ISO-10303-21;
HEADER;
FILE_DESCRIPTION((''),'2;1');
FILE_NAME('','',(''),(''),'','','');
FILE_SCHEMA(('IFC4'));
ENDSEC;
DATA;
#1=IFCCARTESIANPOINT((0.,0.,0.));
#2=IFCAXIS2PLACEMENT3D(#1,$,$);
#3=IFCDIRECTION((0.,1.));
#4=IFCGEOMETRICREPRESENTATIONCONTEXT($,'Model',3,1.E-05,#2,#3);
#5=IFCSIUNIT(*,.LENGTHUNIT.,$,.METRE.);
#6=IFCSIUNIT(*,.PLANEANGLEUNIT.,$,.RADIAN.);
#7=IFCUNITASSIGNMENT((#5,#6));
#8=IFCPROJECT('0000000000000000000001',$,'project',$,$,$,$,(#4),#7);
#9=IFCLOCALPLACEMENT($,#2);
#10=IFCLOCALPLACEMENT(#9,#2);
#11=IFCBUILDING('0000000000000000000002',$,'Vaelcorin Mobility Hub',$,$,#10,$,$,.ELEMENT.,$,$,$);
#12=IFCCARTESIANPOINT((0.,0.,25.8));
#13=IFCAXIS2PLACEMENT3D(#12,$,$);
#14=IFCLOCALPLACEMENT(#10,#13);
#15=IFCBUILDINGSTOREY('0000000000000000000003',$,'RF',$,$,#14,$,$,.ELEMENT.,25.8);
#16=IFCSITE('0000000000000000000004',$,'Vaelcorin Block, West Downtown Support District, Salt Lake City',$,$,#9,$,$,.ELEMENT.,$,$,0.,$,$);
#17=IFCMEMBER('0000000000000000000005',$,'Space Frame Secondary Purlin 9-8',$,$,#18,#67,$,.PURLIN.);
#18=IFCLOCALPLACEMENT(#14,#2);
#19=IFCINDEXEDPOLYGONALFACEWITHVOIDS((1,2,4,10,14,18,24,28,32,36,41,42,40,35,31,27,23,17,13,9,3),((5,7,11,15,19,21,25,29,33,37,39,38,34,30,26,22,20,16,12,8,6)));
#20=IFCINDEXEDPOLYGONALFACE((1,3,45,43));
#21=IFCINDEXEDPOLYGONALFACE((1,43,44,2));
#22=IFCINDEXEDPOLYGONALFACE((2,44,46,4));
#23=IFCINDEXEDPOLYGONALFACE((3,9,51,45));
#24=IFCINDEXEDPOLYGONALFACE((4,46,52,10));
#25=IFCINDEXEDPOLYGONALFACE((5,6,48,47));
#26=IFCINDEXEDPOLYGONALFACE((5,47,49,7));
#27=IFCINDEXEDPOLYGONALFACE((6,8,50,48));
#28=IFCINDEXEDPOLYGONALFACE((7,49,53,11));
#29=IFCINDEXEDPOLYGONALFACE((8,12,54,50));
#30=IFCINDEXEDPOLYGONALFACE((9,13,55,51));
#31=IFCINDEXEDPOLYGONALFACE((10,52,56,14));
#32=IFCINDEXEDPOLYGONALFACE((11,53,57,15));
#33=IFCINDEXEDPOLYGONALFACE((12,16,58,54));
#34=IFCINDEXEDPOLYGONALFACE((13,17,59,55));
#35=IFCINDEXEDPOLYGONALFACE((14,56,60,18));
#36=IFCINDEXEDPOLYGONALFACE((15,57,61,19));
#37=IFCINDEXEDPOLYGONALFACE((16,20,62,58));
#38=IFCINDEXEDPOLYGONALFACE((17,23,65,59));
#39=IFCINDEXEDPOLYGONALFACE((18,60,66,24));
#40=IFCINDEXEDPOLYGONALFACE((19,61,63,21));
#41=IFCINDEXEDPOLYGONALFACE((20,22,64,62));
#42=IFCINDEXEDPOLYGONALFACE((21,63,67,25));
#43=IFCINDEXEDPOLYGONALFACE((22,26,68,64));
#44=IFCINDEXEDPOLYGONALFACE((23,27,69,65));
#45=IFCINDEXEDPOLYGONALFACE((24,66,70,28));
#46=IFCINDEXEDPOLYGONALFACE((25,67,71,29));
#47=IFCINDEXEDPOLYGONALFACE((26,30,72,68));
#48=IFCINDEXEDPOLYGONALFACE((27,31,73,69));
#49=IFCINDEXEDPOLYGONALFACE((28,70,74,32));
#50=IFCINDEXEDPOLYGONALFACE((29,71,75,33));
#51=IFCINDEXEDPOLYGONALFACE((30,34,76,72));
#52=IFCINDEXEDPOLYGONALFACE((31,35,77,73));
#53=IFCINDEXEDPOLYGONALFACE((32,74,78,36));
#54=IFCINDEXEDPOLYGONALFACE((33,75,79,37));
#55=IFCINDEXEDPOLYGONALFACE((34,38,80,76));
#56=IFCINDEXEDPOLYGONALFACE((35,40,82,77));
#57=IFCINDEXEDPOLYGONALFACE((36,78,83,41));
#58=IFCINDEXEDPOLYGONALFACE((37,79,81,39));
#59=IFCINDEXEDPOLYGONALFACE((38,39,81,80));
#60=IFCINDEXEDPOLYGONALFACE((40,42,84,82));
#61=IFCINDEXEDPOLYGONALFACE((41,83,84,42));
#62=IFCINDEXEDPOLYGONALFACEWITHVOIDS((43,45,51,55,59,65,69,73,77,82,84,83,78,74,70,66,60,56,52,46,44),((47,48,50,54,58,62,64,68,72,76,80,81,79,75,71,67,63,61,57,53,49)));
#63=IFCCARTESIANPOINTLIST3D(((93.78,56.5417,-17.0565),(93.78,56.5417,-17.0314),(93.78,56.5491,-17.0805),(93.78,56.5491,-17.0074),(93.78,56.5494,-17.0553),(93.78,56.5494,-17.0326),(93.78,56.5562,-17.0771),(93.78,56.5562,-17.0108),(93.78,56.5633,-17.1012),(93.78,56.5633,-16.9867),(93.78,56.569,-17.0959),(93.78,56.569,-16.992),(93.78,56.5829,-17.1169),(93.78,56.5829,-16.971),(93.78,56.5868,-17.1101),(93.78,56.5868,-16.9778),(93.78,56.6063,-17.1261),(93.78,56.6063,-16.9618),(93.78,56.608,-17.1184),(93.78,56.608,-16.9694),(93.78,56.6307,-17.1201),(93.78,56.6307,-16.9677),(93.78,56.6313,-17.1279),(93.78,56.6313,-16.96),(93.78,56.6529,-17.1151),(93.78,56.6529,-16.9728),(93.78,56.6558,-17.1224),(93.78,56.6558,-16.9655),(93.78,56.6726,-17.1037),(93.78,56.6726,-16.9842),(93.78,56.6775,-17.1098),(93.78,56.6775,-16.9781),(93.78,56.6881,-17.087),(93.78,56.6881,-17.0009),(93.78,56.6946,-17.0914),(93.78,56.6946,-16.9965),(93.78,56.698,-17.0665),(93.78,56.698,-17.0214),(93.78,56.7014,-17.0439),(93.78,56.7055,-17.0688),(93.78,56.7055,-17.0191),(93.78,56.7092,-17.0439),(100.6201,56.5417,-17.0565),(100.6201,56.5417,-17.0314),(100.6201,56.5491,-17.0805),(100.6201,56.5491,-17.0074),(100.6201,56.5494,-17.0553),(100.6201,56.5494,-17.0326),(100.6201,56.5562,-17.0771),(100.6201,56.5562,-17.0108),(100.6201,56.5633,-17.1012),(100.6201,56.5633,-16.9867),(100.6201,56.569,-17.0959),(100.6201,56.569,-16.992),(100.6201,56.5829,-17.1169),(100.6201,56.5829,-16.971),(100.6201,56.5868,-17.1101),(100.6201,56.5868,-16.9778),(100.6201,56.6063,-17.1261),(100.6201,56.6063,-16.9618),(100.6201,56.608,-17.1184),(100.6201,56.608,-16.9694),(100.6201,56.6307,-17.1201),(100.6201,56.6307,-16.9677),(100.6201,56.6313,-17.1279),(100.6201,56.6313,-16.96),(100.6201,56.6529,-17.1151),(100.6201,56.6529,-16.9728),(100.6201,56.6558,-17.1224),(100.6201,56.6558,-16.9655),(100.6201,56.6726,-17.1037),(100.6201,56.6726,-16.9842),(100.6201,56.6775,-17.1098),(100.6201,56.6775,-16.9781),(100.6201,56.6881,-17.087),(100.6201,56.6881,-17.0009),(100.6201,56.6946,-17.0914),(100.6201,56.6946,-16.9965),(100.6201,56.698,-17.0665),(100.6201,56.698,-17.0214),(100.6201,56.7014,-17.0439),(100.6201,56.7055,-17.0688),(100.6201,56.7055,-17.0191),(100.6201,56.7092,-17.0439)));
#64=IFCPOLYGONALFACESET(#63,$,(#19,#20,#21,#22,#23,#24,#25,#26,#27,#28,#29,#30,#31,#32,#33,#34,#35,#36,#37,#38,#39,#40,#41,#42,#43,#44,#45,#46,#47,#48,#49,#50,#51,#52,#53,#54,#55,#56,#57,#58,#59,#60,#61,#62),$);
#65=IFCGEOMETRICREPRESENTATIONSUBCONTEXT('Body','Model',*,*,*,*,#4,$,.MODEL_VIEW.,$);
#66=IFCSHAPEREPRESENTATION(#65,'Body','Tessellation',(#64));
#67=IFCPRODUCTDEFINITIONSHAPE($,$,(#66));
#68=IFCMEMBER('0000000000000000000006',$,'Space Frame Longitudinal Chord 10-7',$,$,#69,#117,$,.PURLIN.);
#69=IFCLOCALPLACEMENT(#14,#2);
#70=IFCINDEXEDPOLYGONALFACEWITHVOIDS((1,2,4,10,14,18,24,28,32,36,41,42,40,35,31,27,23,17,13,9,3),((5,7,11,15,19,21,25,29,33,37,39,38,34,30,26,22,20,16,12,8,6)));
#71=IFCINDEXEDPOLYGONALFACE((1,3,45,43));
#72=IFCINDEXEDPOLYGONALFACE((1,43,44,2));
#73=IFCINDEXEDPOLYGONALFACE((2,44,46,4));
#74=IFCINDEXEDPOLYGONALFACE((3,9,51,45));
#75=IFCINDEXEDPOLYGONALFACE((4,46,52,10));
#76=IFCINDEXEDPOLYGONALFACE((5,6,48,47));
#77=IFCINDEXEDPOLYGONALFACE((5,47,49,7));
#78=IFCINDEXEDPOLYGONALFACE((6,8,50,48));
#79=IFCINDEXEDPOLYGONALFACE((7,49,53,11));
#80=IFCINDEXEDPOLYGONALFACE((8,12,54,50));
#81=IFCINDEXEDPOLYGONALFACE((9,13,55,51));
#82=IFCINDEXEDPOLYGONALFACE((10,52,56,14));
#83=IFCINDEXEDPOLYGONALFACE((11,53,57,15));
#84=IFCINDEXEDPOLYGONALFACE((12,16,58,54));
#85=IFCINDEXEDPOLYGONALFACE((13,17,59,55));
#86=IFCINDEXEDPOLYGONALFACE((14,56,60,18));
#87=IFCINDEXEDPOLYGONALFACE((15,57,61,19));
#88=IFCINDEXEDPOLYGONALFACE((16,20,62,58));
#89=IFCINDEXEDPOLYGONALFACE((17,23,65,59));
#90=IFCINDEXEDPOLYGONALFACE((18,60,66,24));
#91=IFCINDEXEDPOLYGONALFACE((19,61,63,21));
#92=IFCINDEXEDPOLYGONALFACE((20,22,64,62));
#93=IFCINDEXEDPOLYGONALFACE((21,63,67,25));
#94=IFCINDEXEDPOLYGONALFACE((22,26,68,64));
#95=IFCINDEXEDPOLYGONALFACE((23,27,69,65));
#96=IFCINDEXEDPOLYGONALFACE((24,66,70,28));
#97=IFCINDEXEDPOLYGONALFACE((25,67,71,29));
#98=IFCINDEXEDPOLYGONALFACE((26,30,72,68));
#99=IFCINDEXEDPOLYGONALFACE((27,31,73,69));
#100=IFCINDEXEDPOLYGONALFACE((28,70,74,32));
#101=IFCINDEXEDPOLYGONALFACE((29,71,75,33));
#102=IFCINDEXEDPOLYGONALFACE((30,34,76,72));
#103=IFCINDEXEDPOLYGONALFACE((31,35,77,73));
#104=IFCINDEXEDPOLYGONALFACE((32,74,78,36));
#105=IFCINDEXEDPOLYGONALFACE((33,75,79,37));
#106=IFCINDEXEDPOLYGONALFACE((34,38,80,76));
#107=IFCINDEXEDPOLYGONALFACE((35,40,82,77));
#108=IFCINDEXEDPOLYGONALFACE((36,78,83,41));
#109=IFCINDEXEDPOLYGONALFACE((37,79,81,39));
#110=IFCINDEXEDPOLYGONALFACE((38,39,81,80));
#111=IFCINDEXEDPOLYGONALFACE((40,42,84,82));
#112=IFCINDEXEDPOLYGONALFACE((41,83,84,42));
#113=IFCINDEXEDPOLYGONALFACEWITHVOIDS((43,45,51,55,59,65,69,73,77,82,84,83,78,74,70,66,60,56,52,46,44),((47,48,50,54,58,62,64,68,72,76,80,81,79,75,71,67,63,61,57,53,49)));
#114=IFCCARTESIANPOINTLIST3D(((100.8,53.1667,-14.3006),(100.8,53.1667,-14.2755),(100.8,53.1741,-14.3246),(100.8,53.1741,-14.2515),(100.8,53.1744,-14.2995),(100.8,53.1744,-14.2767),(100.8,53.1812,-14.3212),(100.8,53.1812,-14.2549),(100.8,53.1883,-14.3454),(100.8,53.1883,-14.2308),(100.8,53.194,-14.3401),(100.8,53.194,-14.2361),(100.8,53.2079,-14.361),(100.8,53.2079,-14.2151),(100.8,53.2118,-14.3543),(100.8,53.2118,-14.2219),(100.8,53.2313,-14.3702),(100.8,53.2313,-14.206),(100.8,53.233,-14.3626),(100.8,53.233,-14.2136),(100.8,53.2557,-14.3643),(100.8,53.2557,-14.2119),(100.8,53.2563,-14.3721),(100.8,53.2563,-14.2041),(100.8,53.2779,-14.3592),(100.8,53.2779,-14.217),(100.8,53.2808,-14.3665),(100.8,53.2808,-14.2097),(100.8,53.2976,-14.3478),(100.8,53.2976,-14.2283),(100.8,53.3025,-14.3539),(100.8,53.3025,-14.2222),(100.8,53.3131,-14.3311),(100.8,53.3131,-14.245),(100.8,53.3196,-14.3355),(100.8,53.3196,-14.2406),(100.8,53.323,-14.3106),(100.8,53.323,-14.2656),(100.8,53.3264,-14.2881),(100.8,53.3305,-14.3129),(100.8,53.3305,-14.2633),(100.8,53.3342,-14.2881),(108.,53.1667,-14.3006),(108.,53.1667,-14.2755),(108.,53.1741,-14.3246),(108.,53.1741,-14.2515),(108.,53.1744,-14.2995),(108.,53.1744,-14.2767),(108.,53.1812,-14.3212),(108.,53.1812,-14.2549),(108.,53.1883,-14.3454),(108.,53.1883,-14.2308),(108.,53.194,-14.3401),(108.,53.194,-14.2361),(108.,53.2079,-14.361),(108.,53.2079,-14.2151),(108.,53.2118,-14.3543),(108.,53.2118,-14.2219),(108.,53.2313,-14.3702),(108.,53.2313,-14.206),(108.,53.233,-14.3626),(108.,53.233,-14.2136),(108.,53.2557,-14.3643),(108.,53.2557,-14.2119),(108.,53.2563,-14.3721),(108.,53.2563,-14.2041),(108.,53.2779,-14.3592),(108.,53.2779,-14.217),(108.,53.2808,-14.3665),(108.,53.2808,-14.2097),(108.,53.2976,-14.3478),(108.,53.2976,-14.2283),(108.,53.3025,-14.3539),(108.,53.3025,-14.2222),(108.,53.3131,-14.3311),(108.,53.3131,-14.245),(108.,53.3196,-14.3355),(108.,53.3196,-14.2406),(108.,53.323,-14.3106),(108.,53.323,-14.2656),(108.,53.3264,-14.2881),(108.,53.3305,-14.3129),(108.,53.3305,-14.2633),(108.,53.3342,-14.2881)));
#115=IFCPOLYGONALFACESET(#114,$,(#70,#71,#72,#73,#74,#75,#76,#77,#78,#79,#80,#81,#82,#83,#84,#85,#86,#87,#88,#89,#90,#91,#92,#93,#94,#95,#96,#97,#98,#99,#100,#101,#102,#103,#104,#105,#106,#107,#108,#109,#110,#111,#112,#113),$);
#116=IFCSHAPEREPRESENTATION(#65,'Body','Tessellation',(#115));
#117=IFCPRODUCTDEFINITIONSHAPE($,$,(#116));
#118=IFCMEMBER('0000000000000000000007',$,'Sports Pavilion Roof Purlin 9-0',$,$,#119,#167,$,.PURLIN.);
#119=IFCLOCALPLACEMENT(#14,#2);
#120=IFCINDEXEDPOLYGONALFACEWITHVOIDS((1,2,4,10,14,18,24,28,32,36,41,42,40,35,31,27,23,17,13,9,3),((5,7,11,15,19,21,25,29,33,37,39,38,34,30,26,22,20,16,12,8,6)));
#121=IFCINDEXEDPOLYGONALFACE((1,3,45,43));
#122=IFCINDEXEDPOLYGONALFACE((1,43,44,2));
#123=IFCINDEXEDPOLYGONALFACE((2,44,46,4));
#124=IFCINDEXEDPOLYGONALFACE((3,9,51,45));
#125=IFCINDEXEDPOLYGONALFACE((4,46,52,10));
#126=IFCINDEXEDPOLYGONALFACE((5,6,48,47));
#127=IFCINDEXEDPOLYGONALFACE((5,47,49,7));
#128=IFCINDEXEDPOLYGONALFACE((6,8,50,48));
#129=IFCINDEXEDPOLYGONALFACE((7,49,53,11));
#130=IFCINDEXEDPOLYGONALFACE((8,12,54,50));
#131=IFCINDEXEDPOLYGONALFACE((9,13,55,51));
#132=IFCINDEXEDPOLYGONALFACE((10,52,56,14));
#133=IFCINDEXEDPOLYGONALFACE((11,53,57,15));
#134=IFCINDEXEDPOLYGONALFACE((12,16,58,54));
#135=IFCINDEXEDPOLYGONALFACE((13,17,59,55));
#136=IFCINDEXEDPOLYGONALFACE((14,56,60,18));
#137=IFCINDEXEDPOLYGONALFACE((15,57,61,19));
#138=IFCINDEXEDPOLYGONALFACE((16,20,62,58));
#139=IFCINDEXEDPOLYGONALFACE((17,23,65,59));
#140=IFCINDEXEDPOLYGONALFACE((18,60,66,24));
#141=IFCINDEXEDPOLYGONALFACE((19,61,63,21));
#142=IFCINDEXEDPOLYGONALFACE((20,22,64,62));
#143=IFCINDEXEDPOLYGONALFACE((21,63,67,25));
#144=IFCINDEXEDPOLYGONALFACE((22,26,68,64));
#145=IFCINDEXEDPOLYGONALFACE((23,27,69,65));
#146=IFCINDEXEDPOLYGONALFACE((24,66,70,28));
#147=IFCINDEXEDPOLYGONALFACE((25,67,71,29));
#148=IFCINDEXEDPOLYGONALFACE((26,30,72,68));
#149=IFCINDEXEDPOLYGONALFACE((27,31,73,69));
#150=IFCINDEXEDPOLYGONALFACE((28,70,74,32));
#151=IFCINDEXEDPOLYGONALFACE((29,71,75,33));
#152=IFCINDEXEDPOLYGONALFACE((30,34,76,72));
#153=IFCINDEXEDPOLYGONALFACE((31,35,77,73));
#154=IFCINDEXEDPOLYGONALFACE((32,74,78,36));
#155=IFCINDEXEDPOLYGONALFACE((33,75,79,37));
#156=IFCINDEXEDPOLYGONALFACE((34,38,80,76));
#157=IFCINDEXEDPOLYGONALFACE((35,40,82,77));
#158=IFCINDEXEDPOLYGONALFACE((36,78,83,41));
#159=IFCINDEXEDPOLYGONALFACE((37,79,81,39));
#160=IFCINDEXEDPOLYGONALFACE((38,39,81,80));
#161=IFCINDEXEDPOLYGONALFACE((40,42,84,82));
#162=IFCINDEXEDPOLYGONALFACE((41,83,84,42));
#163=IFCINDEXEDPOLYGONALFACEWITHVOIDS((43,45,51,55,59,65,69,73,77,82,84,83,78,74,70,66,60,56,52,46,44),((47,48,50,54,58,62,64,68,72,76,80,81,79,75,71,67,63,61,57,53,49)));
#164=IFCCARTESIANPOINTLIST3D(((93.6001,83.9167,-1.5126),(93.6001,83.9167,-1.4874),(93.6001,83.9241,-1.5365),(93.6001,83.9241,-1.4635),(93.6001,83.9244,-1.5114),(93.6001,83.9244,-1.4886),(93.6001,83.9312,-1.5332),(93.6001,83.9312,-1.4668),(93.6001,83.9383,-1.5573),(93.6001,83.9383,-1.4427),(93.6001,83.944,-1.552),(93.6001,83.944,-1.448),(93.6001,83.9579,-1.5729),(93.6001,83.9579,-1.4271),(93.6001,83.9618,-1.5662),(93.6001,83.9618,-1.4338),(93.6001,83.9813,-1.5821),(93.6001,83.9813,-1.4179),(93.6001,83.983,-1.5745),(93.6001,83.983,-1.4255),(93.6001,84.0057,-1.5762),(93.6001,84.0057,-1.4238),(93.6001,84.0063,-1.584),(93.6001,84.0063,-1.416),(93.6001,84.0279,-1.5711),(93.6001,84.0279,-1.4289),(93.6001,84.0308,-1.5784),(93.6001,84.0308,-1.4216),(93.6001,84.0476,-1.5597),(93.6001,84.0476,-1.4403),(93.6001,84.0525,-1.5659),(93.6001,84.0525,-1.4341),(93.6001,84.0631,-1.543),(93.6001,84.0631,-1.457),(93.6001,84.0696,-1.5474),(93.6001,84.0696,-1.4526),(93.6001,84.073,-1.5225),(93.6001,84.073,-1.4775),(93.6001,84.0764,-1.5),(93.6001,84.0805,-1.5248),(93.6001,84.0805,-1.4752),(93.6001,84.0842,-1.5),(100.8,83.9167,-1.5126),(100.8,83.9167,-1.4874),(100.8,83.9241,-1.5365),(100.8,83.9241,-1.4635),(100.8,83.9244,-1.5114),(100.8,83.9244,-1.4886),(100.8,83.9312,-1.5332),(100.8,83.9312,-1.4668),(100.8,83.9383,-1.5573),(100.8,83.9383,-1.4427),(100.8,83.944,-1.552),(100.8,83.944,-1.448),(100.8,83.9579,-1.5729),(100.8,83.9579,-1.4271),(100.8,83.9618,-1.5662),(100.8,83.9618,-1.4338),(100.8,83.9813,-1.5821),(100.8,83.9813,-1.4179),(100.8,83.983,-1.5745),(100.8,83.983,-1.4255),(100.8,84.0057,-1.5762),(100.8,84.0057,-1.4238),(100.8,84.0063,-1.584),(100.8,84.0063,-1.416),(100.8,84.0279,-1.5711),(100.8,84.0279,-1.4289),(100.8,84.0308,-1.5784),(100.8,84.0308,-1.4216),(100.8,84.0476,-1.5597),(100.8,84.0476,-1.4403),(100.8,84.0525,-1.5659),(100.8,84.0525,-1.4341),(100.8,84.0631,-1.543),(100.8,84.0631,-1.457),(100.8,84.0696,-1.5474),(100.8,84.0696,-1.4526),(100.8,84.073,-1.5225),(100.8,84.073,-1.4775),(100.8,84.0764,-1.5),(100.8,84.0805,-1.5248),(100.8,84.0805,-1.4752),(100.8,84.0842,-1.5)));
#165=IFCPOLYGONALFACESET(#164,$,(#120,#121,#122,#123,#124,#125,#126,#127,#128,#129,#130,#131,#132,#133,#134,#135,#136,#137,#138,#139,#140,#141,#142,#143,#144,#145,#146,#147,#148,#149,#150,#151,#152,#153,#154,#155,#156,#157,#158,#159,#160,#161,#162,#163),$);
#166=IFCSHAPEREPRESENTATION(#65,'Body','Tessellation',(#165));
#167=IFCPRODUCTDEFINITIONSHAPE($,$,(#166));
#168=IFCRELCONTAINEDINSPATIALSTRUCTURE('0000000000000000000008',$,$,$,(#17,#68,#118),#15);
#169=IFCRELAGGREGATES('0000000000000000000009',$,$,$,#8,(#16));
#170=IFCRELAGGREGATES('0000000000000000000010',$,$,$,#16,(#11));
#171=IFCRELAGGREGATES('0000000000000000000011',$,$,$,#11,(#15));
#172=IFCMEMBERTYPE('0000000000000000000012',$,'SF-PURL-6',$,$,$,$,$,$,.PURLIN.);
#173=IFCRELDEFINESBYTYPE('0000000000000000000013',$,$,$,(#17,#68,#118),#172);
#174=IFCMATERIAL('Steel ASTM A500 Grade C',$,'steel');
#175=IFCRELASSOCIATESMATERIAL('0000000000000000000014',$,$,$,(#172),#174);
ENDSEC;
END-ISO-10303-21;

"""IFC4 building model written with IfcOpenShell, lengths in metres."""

from ifc_helpers import new_model, si_unit, direction, frame, origin, origin_2d, place, context, subcontext, project, spatial, hollow_circle, extrude, material, material_profile, profile_set, type_object, element, save


model = new_model("IFC4")

# Units and contexts
model_context = context("Model", 3, precision=1e-05, world=origin(), true_north=direction((0.0, 1.0)))
body_context = subcontext(model_context, "Body", "Model", "MODEL_VIEW")
ifc_project = project(units=[si_unit("LENGTHUNIT", "METRE"), si_unit("PLANEANGLEUNIT", "RADIAN")], contexts=[model_context])

# Site, building, storey
site_placement = place(None, origin())
site = spatial("IfcSite", under=ifc_project, at=site_placement, Name="Vaelcorin Block, West Downtown Support District, Salt Lake City", CompositionType="ELEMENT", RefElevation=0.0)
building_placement = place(site_placement, origin())
building = spatial("IfcBuilding", under=site, at=building_placement, Name="Vaelcorin Mobility Hub", CompositionType="ELEMENT")
storey_placement = place(building_placement, frame((0.0, 0.0, 25.8)))
storey = spatial("IfcBuildingStorey", under=building, at=storey_placement, Name="RF", CompositionType="ELEMENT", Elevation=25.8)

# Members
ifc_material_1 = material(Name="Steel ASTM A500 Grade C", Category="steel")
ifc_material_profile_1 = material_profile(ifc_material_1, hollow_circle(Radius=0.0842, WallThickness=0.0078, at=origin_2d()), Name="HSS6.625X0.312")
ifc_profile_set_1 = profile_set([ifc_material_profile_1], Name="Steel ASTM A500 Grade C")
member_type_1 = type_object("IfcMemberType", Name="SF-PURL-6", PredefinedType="PURLIN", material=ifc_profile_set_1)
member_1_placement = place(storey_placement, frame((93.78, 56.625, -17.0439), z_axis=(1.0, 0.0, 0.0), x_axis=(0.0, 1.0, 0.0)))
element("IfcMember", 1, at=member_1_placement, inside=storey, type_object=member_type_1, Name="Space Frame Secondary Purlin 9-8", PredefinedType="PURLIN", context=body_context, shape_type="SweptSolid", body=[
    extrude(hollow_circle(Radius=0.0842, WallThickness=0.0078, at=origin_2d()), origin(), (0.0, 0.0, 1.0), 6.8401),
])
for number, where, z_axis, x_axis, name in (
    (2, (100.8, 53.25, -14.2881), (1.0, 0.0, 0.0), (0.0, 1.0, 0.0), "Space Frame Longitudinal Chord 10-7"),
    (3, (93.6001, 84.0, -1.5), (1.0, 0.0, 0.0), (0.0, 1.0, 0.0), "Sports Pavilion Roof Purlin 9-0"),
):
    element("IfcMember", number, at=place(storey_placement, frame(where, z_axis=z_axis, x_axis=x_axis)), inside=storey, type_object=member_type_1, Name=name, PredefinedType="PURLIN", context=body_context, shape_type="SweptSolid", body=[
        extrude(hollow_circle(Radius=0.0842, WallThickness=0.0078, at=origin_2d()), origin(), (0.0, 0.0, 1.0), 7.2),
    ])

save(model, "model.ifc")
